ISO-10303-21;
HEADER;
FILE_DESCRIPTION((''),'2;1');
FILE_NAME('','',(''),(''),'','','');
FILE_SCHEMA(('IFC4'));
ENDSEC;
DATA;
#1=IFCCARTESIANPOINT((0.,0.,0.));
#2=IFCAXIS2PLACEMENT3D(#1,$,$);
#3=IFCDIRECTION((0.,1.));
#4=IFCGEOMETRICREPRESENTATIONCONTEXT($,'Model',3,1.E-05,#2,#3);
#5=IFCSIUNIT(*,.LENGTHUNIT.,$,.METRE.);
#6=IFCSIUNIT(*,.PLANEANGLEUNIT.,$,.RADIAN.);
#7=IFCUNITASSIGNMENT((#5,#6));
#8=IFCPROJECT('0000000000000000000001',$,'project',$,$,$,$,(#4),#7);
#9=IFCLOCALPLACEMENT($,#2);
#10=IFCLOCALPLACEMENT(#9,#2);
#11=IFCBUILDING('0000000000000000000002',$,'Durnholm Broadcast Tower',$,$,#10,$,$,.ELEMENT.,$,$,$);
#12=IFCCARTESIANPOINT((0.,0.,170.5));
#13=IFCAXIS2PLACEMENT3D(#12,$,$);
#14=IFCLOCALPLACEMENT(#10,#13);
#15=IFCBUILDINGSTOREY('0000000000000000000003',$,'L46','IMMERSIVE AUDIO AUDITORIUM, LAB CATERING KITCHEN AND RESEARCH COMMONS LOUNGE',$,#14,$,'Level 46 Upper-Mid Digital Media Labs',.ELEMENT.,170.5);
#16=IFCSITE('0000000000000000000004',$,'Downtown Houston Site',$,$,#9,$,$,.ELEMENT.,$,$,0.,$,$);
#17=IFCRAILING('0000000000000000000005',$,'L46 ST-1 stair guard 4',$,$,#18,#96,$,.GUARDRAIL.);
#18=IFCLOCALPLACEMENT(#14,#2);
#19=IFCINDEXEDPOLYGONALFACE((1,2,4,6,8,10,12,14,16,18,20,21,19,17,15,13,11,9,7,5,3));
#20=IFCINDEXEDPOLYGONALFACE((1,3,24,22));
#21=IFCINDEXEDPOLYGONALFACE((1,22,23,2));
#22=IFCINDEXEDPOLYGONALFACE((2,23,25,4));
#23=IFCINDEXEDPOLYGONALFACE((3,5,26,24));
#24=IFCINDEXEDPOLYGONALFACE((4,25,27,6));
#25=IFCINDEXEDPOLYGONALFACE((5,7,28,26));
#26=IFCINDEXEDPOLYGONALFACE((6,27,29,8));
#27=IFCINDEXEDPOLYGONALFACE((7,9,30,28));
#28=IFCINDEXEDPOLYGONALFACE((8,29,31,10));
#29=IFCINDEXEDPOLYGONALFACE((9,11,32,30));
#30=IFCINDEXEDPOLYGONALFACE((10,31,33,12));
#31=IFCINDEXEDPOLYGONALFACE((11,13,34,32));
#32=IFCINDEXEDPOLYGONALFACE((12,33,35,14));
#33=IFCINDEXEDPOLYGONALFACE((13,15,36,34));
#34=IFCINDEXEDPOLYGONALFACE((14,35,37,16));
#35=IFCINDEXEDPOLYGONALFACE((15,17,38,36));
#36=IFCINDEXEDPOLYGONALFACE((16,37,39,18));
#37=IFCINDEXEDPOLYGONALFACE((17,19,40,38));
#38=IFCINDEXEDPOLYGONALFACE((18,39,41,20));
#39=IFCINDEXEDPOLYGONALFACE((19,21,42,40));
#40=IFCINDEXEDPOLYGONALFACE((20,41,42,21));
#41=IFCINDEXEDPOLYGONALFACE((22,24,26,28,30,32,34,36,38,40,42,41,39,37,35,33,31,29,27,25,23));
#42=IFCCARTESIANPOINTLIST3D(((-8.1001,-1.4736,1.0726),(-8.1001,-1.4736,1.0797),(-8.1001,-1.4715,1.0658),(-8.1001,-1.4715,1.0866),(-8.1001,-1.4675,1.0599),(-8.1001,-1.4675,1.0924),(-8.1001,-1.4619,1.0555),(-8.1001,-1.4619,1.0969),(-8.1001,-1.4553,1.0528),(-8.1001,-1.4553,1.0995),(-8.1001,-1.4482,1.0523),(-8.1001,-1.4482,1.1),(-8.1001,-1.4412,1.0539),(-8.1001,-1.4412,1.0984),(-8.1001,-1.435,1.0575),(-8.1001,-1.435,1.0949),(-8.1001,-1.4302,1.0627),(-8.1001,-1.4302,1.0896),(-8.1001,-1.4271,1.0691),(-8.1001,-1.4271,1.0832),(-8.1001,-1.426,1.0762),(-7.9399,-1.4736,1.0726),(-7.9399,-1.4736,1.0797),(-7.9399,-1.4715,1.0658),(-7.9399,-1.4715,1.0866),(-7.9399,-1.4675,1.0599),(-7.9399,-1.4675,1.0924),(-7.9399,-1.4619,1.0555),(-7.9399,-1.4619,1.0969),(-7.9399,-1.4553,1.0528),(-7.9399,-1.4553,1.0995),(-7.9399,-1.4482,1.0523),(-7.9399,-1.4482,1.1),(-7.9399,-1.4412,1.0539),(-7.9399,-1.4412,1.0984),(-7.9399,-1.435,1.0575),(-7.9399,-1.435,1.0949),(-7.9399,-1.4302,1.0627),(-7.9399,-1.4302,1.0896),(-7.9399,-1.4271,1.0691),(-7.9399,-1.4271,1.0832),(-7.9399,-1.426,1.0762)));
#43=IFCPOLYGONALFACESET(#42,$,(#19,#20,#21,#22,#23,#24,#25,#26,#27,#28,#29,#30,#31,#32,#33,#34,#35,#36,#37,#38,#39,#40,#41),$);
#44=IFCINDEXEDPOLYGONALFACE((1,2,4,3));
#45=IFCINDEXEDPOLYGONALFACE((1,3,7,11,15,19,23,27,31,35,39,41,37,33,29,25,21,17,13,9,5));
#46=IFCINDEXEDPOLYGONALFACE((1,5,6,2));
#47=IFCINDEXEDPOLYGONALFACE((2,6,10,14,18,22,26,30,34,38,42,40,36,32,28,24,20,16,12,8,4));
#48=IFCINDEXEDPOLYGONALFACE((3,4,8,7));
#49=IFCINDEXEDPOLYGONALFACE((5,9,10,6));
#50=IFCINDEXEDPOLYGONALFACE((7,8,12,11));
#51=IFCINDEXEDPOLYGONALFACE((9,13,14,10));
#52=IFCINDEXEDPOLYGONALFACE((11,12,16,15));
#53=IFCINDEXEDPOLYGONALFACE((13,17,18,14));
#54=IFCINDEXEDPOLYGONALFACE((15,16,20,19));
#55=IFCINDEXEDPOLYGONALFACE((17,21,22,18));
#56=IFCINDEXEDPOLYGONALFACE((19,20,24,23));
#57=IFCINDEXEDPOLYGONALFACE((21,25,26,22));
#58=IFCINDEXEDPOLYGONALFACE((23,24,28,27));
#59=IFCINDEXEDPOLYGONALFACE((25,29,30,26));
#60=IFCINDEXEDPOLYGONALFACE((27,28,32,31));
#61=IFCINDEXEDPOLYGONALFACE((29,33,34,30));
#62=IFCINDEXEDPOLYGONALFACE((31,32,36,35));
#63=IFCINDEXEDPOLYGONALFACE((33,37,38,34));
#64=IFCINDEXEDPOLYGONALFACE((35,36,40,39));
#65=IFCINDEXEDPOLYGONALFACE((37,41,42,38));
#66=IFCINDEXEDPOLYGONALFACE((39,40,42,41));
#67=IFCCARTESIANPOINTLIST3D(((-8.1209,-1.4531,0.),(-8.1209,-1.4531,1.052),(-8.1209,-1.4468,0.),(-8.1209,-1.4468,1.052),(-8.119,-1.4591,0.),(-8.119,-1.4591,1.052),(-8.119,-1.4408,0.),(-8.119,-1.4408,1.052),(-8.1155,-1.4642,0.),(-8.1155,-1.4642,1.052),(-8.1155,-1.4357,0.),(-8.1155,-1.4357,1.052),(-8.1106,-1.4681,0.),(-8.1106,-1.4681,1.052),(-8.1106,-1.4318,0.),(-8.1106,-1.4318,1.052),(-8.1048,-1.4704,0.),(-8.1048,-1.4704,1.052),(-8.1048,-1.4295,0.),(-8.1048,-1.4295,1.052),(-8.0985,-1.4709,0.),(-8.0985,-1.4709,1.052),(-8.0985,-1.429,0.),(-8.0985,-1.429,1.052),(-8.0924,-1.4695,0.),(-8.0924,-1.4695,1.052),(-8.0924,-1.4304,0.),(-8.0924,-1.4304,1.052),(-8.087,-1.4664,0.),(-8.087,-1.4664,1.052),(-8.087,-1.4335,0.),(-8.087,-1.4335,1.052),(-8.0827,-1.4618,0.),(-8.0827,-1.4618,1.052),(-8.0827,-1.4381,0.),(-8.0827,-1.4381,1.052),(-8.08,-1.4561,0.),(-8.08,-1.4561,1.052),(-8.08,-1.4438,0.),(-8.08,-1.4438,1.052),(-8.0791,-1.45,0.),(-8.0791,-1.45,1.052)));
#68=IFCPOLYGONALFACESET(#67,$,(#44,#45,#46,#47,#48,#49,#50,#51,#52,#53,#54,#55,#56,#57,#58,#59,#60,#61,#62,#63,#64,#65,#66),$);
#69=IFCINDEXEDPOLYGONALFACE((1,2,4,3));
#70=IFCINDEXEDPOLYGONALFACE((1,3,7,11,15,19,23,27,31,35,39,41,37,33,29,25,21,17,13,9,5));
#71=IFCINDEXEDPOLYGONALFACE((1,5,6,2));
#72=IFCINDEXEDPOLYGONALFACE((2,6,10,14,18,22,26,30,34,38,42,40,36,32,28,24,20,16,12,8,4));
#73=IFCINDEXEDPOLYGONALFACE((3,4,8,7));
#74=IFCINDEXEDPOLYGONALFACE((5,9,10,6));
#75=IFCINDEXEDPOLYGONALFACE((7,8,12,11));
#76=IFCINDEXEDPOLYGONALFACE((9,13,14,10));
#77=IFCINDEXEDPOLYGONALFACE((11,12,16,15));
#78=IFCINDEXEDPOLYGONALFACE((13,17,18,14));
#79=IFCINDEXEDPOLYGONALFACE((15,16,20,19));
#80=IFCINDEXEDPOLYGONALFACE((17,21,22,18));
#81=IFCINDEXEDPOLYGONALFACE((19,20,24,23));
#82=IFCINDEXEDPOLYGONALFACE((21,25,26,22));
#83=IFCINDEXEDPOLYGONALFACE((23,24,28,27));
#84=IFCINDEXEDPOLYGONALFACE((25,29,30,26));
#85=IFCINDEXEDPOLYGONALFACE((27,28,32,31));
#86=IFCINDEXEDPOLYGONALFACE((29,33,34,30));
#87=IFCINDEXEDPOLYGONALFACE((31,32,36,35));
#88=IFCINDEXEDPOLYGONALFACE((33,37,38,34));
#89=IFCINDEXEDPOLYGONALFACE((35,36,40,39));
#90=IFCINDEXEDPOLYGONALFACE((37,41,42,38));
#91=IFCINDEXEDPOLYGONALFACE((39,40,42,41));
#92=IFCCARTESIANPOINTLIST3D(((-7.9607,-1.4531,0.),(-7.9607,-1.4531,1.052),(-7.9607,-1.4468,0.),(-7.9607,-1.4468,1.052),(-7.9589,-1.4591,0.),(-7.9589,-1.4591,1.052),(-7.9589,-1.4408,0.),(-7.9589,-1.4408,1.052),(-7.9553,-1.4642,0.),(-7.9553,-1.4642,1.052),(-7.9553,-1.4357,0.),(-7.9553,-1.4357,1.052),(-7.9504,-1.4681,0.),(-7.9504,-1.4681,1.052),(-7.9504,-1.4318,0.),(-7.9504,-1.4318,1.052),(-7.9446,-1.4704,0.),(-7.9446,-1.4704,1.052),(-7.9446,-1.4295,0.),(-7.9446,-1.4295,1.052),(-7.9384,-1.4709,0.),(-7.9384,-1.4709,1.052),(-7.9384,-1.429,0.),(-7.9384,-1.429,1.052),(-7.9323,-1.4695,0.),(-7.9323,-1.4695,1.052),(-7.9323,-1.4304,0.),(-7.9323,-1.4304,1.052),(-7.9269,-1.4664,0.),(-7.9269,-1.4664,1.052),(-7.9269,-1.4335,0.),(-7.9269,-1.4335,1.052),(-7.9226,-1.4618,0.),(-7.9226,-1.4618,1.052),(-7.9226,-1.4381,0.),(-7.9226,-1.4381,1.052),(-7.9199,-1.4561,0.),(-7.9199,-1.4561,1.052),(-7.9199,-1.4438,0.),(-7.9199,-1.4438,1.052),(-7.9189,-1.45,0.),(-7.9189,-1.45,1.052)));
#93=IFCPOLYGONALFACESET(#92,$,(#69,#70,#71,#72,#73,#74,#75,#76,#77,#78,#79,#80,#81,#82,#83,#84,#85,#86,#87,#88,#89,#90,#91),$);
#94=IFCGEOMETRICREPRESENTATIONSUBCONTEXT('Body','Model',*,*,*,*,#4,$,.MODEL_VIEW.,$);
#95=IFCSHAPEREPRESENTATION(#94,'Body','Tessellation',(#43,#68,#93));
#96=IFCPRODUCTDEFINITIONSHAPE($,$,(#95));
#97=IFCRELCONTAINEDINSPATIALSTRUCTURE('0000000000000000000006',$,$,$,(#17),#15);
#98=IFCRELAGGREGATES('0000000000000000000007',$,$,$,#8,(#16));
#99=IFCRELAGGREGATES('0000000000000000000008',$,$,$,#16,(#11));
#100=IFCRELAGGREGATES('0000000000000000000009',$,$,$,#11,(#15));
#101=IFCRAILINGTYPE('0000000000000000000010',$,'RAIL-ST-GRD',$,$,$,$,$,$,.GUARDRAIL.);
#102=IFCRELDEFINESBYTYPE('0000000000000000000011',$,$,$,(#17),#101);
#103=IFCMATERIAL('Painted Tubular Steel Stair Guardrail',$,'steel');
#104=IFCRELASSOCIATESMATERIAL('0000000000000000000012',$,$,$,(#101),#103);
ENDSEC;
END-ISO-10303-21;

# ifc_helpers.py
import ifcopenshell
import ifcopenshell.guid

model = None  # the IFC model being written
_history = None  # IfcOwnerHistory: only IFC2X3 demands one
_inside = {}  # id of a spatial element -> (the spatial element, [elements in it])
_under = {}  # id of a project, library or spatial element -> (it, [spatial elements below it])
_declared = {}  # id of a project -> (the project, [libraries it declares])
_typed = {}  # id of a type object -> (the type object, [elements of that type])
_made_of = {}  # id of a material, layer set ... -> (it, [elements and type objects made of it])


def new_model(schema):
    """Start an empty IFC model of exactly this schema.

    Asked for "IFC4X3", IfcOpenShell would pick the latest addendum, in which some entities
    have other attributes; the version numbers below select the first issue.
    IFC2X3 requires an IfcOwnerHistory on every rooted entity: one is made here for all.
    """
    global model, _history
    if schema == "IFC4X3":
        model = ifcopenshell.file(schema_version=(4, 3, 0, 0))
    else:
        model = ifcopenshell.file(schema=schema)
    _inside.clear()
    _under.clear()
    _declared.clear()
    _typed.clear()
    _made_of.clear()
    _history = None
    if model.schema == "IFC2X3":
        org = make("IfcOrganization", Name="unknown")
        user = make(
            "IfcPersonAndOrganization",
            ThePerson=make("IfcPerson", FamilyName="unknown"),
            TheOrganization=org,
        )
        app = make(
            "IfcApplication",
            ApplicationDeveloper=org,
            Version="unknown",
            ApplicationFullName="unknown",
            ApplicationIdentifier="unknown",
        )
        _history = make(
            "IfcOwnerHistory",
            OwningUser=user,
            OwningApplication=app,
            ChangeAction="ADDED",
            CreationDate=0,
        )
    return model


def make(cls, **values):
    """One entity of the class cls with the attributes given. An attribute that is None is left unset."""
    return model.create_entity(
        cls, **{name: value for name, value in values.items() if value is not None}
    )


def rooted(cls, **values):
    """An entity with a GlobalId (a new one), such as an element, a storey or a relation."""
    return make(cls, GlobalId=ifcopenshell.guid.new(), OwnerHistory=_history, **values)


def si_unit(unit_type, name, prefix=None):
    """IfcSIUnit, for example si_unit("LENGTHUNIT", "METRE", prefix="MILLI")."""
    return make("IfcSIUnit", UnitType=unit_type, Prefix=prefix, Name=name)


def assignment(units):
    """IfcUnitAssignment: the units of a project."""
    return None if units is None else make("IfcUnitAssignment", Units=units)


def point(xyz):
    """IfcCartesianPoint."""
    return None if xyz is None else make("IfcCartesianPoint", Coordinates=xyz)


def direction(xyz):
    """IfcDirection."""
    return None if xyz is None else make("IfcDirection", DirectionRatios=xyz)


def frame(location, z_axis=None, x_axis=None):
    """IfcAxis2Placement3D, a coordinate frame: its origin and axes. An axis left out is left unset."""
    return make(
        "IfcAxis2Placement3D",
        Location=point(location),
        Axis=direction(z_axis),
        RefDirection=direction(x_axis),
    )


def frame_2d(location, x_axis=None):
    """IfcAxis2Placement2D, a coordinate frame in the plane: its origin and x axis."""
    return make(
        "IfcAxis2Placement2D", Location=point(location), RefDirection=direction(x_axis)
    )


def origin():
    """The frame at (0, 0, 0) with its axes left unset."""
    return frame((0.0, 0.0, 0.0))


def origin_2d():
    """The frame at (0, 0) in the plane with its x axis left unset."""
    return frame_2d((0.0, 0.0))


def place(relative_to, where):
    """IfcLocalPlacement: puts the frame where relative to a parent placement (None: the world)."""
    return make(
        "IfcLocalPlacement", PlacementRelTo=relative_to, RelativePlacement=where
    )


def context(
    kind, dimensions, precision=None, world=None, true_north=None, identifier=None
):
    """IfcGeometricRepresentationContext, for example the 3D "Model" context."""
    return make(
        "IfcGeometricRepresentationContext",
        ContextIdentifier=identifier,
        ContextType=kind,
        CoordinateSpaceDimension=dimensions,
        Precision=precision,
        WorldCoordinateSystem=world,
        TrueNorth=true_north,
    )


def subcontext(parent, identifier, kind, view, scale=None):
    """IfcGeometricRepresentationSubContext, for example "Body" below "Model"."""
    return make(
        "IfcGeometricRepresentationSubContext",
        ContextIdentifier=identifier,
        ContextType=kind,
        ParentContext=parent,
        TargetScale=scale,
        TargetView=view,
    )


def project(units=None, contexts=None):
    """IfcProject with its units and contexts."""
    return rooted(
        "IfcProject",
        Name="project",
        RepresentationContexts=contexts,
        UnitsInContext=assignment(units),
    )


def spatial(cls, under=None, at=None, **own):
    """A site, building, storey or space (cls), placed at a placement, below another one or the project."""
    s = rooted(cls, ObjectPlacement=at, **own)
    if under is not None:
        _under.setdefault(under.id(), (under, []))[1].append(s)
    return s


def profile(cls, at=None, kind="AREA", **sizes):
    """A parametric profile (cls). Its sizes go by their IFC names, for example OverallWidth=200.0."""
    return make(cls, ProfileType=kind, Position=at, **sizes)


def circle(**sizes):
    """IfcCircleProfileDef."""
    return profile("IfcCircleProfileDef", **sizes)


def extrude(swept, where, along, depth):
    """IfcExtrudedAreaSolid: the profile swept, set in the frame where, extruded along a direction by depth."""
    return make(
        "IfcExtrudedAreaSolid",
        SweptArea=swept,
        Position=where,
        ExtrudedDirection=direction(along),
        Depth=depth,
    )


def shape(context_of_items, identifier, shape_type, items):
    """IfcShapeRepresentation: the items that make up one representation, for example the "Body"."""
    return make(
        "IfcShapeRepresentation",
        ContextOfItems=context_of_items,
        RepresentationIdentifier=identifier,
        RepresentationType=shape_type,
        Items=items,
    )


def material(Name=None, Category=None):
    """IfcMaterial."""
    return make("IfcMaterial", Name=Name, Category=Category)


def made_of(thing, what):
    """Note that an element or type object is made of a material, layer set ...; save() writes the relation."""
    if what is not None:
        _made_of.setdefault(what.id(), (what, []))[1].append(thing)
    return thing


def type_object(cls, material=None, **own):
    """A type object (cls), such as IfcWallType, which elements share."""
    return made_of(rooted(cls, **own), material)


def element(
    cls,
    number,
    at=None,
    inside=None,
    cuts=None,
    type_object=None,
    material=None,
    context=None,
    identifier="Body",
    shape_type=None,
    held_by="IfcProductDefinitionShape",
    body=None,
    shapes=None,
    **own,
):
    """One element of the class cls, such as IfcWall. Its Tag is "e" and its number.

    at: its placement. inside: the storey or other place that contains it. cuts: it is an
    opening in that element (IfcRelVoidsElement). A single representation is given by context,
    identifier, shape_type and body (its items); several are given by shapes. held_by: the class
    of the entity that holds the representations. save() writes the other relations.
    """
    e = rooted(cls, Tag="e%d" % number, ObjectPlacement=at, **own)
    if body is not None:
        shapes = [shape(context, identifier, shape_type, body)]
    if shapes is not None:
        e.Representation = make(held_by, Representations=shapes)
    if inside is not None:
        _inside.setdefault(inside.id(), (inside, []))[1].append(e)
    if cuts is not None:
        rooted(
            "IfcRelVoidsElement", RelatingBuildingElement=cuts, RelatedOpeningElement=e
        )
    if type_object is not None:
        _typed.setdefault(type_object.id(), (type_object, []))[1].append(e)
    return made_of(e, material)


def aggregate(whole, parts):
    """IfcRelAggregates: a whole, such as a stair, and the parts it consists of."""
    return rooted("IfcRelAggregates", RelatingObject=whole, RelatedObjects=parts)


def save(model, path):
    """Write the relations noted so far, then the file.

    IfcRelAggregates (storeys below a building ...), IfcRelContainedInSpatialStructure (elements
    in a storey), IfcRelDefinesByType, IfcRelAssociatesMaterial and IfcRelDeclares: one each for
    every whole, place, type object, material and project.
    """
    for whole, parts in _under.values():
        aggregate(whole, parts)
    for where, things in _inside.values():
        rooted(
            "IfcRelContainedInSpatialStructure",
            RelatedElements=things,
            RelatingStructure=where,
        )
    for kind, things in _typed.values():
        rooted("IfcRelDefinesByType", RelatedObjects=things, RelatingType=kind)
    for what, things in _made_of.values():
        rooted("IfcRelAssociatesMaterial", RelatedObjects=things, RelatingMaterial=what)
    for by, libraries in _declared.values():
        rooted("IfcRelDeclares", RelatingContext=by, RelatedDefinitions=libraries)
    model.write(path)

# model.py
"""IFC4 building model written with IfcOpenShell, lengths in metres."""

from ifc_helpers import new_model, si_unit, direction, frame, origin, origin_2d, place, context, subcontext, project, spatial, circle, extrude, material, type_object, element, save


model = new_model("IFC4")

# Units and contexts
model_context = context("Model", 3, precision=1e-05, world=origin(), true_north=direction((0.0, 1.0)))
body_context = subcontext(model_context, "Body", "Model", "MODEL_VIEW")
ifc_project = project(units=[si_unit("LENGTHUNIT", "METRE"), si_unit("PLANEANGLEUNIT", "RADIAN")], contexts=[model_context])

# Site, building, storey
site_placement = place(None, origin())
site = spatial("IfcSite", under=ifc_project, at=site_placement, Name="Downtown Houston Site", CompositionType="ELEMENT", RefElevation=0.0)
building_placement = place(site_placement, origin())
building = spatial("IfcBuilding", under=site, at=building_placement, Name="Durnholm Broadcast Tower", CompositionType="ELEMENT")
storey_placement = place(building_placement, frame((0.0, 0.0, 170.5)))
storey = spatial("IfcBuildingStorey", under=building, at=storey_placement, Name="L46", Description="IMMERSIVE AUDIO AUDITORIUM, LAB CATERING KITCHEN AND RESEARCH COMMONS LOUNGE", LongName="Level 46 Upper-Mid Digital Media Labs", CompositionType="ELEMENT", Elevation=170.5)

# Railing
ifc_material_1 = material(Name="Painted Tubular Steel Stair Guardrail", Category="steel")
railing_type_1 = type_object("IfcRailingType", Name="RAIL-ST-GRD", PredefinedType="GUARDRAIL", material=ifc_material_1)
railing_1_placement = place(storey_placement, frame((-8.1001, -1.45, 0.0)))
element("IfcRailing", 1, at=railing_1_placement, inside=storey, type_object=railing_type_1, Name="L46 ST-1 stair guard 4", PredefinedType="GUARDRAIL", context=body_context, shape_type="SweptSolid", body=[
    extrude(circle(Radius=0.0239, at=origin_2d()), frame((0.0, 0.0, 1.0762), z_axis=(1.0, 0.0, 0.0), x_axis=(0.0, 1.0, 0.0)), (0.0, 0.0, 1.0), 0.1602),
    extrude(circle(Radius=0.021, at=origin_2d()), origin(), (0.0, 0.0, 1.0), 1.052),
    extrude(circle(Radius=0.021, at=origin_2d()), frame((0.1602, 0.0, 0.0)), (0.0, 0.0, 1.0), 1.052),
])

save(model, "model.ifc")
